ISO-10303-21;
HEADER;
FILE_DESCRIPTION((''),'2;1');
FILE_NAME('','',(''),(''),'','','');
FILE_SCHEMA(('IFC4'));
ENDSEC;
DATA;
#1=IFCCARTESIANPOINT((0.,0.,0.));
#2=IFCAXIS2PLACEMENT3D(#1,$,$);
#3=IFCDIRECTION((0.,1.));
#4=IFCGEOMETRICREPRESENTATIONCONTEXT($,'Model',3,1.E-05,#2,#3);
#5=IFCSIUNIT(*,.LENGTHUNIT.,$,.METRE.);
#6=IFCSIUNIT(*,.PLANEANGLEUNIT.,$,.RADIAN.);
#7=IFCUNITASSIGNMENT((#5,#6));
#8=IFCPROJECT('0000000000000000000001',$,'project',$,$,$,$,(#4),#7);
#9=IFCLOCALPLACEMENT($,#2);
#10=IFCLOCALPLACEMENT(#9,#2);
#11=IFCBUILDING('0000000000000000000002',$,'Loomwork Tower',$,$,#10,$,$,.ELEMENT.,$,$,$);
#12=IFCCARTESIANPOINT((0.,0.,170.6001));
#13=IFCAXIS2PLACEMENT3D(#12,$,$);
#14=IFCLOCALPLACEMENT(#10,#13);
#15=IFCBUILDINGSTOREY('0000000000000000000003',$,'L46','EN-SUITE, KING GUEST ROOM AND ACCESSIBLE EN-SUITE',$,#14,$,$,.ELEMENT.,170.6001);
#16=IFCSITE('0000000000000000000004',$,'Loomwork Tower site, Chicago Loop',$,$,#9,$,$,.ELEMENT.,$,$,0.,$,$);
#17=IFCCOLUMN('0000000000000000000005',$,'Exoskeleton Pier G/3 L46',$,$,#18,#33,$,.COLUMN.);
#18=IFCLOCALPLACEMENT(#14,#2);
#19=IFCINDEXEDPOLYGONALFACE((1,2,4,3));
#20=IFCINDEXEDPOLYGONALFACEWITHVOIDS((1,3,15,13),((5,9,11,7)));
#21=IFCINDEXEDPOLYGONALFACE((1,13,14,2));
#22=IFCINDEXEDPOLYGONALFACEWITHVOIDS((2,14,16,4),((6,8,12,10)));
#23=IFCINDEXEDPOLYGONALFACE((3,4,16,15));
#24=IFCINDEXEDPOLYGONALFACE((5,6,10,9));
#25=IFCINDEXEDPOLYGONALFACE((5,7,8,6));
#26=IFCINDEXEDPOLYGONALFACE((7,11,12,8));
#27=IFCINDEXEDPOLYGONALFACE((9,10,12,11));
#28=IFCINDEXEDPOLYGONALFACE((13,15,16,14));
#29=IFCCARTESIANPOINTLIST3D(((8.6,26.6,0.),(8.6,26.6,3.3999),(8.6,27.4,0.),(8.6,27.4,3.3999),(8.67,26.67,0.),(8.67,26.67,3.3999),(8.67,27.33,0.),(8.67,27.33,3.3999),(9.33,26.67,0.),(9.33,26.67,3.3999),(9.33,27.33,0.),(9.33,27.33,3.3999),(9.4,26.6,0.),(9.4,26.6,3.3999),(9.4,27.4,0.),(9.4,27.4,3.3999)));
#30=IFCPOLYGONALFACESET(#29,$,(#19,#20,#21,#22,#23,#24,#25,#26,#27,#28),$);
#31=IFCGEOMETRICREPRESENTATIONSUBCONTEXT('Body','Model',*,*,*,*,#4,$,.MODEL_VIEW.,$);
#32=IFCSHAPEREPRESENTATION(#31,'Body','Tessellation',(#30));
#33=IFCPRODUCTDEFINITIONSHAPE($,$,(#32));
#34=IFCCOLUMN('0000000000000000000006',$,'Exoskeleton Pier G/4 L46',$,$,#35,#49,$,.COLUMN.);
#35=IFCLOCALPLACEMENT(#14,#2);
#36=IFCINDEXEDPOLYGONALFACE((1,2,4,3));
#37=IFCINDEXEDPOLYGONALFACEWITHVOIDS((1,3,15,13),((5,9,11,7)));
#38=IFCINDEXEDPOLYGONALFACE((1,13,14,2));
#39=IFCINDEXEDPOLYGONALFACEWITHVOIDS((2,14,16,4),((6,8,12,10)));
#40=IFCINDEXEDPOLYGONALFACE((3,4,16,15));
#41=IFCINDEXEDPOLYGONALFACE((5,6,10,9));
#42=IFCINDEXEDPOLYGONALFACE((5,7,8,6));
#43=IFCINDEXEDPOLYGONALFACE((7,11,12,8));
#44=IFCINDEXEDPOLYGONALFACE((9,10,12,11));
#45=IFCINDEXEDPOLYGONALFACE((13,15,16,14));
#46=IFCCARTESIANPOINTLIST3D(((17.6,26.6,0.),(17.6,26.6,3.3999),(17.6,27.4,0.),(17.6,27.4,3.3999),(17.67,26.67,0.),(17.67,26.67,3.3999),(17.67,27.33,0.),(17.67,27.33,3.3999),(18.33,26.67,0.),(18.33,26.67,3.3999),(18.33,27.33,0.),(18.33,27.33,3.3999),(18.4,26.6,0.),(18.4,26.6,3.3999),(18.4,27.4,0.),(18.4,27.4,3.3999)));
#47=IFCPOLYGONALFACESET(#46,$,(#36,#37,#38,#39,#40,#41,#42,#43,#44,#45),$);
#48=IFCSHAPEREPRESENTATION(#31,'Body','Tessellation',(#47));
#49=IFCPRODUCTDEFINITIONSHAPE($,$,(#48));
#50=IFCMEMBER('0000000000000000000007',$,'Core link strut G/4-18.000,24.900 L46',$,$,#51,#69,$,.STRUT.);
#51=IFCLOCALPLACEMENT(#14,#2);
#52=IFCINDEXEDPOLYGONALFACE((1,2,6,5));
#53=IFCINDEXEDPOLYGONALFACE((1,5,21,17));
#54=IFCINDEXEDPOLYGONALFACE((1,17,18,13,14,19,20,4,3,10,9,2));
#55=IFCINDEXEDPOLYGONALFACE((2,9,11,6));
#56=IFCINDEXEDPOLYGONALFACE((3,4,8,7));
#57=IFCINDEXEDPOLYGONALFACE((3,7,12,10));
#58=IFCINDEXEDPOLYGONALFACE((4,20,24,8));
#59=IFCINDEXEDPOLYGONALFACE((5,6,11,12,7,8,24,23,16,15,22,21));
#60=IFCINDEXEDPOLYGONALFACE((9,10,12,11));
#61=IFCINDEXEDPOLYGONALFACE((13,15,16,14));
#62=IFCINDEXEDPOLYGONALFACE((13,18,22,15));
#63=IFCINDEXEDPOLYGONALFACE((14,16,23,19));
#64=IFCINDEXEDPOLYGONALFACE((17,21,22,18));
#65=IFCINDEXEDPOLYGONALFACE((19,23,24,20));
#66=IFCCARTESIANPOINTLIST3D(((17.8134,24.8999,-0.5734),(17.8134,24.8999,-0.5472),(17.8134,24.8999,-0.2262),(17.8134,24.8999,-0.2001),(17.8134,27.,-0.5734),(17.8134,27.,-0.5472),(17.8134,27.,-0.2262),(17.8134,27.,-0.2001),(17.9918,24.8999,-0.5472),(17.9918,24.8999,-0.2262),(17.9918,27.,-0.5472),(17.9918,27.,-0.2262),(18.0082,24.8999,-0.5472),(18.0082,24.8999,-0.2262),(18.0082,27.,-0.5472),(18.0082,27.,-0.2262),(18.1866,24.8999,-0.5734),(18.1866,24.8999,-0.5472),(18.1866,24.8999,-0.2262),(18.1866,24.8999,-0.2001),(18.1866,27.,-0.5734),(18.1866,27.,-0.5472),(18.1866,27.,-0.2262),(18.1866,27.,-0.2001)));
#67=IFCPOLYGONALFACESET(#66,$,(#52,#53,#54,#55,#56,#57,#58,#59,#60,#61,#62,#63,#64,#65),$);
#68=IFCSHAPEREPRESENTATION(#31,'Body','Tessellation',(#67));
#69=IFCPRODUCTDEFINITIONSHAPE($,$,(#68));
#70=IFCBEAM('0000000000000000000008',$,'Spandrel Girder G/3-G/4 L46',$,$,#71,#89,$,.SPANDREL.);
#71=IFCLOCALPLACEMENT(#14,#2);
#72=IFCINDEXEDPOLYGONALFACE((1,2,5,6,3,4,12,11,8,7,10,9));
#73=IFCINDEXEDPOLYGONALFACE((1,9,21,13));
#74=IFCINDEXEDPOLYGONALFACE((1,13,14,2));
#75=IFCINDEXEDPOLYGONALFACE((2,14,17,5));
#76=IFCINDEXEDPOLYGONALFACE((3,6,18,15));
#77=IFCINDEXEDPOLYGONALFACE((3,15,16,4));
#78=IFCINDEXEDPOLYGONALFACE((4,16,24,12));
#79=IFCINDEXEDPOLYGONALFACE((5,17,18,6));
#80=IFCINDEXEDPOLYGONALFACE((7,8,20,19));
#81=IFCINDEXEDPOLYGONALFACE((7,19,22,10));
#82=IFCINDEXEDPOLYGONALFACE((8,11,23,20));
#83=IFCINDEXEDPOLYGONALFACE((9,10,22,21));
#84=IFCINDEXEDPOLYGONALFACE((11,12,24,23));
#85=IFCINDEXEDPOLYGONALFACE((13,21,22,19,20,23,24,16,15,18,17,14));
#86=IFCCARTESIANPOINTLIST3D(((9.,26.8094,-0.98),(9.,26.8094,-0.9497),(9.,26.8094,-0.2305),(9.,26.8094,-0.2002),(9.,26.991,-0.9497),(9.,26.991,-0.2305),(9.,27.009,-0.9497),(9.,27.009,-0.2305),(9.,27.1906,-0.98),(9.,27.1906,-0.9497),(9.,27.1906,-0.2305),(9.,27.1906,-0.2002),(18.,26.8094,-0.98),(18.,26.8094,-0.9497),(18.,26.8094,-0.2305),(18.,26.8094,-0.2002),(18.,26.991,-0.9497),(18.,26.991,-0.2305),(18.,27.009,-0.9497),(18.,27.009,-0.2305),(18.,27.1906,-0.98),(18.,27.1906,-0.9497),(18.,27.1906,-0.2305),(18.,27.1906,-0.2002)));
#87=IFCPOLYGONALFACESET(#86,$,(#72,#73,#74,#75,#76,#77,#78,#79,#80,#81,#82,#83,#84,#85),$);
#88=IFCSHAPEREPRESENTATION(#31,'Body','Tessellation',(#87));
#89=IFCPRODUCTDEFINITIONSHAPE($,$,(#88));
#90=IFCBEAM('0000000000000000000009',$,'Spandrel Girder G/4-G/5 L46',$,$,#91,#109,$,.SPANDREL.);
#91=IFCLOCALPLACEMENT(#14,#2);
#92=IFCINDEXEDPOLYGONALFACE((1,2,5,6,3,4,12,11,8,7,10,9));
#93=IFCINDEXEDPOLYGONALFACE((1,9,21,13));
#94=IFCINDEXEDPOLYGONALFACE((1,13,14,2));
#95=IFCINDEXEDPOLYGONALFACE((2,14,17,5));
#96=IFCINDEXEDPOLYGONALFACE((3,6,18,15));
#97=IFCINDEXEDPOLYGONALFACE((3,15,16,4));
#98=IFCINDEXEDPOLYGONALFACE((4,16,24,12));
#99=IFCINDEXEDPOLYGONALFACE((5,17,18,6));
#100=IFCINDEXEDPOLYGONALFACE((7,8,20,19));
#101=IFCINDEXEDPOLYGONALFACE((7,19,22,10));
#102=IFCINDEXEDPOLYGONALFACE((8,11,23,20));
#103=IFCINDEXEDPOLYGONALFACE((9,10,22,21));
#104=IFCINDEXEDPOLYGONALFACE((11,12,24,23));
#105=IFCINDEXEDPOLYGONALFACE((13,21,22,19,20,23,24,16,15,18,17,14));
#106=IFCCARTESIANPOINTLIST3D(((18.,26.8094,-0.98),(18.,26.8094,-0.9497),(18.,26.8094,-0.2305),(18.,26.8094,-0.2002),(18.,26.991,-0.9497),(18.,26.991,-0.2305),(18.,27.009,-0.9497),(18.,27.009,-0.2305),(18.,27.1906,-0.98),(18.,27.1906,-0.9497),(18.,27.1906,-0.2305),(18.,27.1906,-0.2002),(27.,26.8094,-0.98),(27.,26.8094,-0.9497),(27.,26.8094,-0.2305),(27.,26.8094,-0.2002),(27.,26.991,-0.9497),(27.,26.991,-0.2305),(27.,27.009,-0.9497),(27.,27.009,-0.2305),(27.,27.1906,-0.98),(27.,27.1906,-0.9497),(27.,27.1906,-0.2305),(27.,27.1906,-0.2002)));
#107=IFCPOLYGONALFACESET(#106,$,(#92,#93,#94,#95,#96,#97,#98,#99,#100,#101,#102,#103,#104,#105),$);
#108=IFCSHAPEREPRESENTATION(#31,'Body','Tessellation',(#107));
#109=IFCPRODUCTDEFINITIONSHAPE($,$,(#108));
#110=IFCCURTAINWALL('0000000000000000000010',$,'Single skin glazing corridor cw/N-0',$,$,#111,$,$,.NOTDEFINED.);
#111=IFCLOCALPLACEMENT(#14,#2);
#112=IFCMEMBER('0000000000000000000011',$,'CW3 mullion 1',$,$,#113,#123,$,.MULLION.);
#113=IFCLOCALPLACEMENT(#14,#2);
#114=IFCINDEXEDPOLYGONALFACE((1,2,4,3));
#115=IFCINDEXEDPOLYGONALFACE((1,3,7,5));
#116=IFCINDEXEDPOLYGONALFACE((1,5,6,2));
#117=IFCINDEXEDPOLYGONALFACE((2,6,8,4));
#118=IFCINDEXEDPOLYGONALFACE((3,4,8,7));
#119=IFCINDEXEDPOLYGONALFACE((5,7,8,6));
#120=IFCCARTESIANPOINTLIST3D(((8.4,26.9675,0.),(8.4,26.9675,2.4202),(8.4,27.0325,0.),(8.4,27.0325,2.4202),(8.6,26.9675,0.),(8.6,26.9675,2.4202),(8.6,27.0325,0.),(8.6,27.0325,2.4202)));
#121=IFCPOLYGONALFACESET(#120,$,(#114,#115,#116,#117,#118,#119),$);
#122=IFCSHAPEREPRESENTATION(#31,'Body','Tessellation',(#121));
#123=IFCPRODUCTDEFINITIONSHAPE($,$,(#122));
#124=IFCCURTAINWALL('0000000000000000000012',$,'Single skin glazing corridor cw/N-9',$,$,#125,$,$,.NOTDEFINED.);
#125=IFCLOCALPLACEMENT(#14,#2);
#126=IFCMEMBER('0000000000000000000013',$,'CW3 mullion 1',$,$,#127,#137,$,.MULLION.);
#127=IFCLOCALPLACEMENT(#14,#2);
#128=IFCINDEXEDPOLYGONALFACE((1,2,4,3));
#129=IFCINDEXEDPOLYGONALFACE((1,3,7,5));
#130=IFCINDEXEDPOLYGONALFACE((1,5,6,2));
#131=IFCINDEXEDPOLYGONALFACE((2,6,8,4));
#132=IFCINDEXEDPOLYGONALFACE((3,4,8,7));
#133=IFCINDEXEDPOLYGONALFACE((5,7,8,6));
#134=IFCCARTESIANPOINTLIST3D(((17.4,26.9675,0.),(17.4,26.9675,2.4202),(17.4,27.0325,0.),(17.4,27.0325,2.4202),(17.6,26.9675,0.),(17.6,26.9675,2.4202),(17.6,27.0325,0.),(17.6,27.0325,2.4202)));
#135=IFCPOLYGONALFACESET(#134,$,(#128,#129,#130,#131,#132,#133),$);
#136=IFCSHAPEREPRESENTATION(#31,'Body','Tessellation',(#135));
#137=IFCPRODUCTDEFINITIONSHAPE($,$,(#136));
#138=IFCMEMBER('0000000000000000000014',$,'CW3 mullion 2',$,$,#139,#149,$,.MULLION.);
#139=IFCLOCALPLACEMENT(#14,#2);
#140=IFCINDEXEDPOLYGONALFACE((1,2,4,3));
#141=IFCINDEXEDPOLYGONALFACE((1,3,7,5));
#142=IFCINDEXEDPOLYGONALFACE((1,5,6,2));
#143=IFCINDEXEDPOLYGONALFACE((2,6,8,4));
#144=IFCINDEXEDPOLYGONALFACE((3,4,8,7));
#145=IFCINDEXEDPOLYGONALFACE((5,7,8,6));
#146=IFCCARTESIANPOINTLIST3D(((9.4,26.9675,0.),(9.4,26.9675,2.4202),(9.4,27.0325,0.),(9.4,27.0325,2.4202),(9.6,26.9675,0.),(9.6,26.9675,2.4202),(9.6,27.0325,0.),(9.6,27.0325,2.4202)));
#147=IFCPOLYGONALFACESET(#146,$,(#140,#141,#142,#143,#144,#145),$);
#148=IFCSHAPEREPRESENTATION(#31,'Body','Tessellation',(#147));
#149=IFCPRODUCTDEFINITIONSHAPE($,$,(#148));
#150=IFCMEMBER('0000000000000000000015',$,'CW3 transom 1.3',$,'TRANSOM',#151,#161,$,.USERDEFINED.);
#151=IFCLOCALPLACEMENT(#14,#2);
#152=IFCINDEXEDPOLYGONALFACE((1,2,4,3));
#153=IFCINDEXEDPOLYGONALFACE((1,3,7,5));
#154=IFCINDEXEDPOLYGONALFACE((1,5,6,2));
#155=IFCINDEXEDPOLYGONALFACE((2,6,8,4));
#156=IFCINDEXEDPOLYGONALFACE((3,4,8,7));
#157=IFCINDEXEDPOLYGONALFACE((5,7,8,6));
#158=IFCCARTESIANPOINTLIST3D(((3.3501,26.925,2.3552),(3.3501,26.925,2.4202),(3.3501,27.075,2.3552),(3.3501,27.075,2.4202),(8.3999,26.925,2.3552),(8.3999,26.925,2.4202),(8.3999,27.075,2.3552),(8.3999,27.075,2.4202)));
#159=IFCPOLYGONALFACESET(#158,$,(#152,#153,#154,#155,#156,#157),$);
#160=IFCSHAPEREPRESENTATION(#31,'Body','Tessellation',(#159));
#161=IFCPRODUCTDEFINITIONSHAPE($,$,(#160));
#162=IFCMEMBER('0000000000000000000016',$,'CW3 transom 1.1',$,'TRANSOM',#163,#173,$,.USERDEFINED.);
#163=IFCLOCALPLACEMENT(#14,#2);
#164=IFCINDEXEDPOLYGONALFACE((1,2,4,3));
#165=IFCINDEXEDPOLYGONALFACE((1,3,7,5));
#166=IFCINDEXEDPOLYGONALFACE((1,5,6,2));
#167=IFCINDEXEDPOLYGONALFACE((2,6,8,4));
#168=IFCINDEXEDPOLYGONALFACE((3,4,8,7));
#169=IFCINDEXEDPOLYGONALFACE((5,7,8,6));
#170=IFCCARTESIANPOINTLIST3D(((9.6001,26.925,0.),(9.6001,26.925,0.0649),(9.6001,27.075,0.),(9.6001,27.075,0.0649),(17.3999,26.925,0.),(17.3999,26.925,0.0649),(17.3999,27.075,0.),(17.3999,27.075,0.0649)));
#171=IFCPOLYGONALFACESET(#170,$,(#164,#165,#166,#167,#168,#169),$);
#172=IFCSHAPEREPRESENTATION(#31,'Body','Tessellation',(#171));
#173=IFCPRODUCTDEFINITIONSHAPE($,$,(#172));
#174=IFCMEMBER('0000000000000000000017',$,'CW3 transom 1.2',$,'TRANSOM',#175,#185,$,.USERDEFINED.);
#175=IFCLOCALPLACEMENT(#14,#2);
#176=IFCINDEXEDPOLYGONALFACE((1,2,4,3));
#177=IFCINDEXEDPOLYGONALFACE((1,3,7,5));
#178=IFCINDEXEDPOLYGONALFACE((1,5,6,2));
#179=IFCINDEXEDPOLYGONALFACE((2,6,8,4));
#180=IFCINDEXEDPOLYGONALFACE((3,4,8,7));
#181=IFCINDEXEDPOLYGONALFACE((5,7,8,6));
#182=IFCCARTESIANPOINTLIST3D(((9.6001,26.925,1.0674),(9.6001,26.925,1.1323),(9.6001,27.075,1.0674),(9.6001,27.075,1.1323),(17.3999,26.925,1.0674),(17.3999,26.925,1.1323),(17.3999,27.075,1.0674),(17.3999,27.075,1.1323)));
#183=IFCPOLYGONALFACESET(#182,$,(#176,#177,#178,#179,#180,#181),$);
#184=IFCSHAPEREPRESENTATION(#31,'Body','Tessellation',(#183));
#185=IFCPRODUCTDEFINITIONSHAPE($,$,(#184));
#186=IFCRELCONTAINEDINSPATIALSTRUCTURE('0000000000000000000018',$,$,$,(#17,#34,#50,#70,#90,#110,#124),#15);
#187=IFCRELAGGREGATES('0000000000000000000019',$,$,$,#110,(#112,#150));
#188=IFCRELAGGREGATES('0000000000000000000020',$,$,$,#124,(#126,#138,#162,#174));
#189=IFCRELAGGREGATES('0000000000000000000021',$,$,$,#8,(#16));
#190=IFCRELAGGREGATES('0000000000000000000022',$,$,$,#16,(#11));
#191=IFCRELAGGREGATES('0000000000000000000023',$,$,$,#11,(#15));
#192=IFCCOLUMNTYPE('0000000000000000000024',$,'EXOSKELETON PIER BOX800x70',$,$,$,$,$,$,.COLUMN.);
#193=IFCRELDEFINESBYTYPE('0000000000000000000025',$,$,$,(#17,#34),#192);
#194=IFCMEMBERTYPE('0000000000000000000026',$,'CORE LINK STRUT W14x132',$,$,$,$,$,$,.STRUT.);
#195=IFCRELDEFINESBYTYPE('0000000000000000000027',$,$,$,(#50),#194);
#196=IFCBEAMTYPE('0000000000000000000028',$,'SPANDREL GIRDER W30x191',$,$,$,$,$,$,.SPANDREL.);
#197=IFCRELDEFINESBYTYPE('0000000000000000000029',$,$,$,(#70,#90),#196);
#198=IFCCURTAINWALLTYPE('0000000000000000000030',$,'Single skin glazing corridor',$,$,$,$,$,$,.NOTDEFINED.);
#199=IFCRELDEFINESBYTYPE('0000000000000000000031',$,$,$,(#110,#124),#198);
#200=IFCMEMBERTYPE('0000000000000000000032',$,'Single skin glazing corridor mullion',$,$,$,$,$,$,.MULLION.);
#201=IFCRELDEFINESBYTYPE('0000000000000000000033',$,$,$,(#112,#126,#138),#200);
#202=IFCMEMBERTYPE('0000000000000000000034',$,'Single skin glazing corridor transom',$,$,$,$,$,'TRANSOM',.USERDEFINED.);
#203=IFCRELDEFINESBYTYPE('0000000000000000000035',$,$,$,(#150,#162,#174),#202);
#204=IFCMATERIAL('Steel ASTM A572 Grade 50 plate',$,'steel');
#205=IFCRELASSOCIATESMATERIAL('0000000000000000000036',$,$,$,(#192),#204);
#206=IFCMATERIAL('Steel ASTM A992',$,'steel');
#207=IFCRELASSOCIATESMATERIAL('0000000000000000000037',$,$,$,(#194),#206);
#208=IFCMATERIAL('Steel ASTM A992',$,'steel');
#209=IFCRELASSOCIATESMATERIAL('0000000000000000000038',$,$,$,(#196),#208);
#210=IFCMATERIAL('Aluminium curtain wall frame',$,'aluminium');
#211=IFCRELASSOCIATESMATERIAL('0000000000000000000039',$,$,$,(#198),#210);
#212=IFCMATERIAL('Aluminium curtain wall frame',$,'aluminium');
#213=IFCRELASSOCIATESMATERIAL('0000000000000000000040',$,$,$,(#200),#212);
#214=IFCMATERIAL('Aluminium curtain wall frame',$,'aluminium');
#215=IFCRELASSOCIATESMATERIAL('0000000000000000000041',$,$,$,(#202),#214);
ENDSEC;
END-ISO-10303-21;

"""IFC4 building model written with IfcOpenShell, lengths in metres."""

from ifc_helpers import new_model, si_unit, direction, frame, origin, origin_2d, place, context, subcontext, project, spatial, rectangle, hollow_rectangle, i_section, extrude, material, material_profile, profile_set, type_object, element, aggregate, save


model = new_model("IFC4")

# Units and contexts
model_context = context("Model", 3, precision=1e-05, world=origin(), true_north=direction((0.0, 1.0)))
body_context = subcontext(model_context, "Body", "Model", "MODEL_VIEW")
ifc_project = project(units=[si_unit("LENGTHUNIT", "METRE"), si_unit("PLANEANGLEUNIT", "RADIAN")], contexts=[model_context])

# Site, building, storey
site_placement = place(None, origin())
site = spatial("IfcSite", under=ifc_project, at=site_placement, Name="Loomwork Tower site, Chicago Loop", CompositionType="ELEMENT", RefElevation=0.0)
building_placement = place(site_placement, origin())
building = spatial("IfcBuilding", under=site, at=building_placement, Name="Loomwork Tower", CompositionType="ELEMENT")
storey_placement = place(building_placement, frame((0.0, 0.0, 170.6001)))
storey = spatial("IfcBuildingStorey", under=building, at=storey_placement, Name="L46", Description="EN-SUITE, KING GUEST ROOM AND ACCESSIBLE EN-SUITE", CompositionType="ELEMENT", Elevation=170.6001)

# Columns
ifc_material_1 = material(Name="Steel ASTM A572 Grade 50 plate", Category="steel")
ifc_material_profile_1 = material_profile(ifc_material_1, hollow_rectangle(XDim=0.8, YDim=0.8, WallThickness=0.0701, at=origin_2d()), Name="BOX800x70")
ifc_profile_set_1 = profile_set([ifc_material_profile_1], Name="Steel ASTM A572 Grade 50 plate")
column_type = type_object("IfcColumnType", Name="EXOSKELETON PIER BOX800x70", PredefinedType="COLUMN", material=ifc_profile_set_1)
for number, where, z_axis, x_axis, name in (
    (1, (9.0, 27.0, 0.0), (0.0, 0.0, 1.0), (1.0, 0.0, 0.0), "Exoskeleton Pier G/3 L46"),
    (2, (18.0, 27.0, 0.0), (0.0, 0.0, 1.0), (1.0, 0.0, 0.0), "Exoskeleton Pier G/4 L46"),
):
    element("IfcColumn", number, at=place(storey_placement, frame(where, z_axis=z_axis, x_axis=x_axis)), inside=storey, type_object=column_type, Name=name, PredefinedType="COLUMN", context=body_context, shape_type="SweptSolid", body=[
        extrude(hollow_rectangle(XDim=0.8, YDim=0.8, WallThickness=0.0701, at=origin_2d()), origin(), (0.0, 0.0, 1.0), 3.3999),
    ])

# Member
ifc_material_2 = material(Name="Steel ASTM A992", Category="steel")
ifc_material_profile_2 = material_profile(ifc_material_2, i_section(OverallWidth=0.3733, OverallDepth=0.3733, WebThickness=0.0164, FlangeThickness=0.0261, at=origin_2d()), Name="W14x132")
ifc_profile_set_2 = profile_set([ifc_material_profile_2], Name="Steel ASTM A992")
member_type_1 = type_object("IfcMemberType", Name="CORE LINK STRUT W14x132", PredefinedType="STRUT", material=ifc_profile_set_2)
member_1_placement = place(storey_placement, frame((18.0, 27.0, -0.3867), z_axis=(0.0, -1.0, 0.0), x_axis=(1.0, 0.0, 0.0)))
element("IfcMember", 3, at=member_1_placement, inside=storey, type_object=member_type_1, Name="Core link strut G/4-18.000,24.900 L46", PredefinedType="STRUT", context=body_context, shape_type="SweptSolid", body=[
    extrude(i_section(OverallWidth=0.3733, OverallDepth=0.3733, WebThickness=0.0164, FlangeThickness=0.0261, at=origin_2d()), origin(), (0.0, 0.0, 1.0), 2.1001),
])

# Beams
ifc_material_3 = material(Name="Steel ASTM A992", Category="steel")
ifc_material_profile_3 = material_profile(ifc_material_3, i_section(OverallWidth=0.3811, OverallDepth=0.7798, WebThickness=0.0181, FlangeThickness=0.0303, at=origin_2d()), Name="W30x191")
ifc_profile_set_3 = profile_set([ifc_material_profile_3], Name="Steel ASTM A992")
beam_type = type_object("IfcBeamType", Name="SPANDREL GIRDER W30x191", PredefinedType="SPANDREL", material=ifc_profile_set_3)
for number, where, z_axis, x_axis, name in (
    (4, (9.0, 27.0, -0.5901), (1.0, 0.0, 0.0), (0.0, 1.0, 0.0), "Spandrel Girder G/3-G/4 L46"),
    (5, (18.0, 27.0, -0.5901), (1.0, 0.0, 0.0), (0.0, 1.0, 0.0), "Spandrel Girder G/4-G/5 L46"),
):
    element("IfcBeam", number, at=place(storey_placement, frame(where, z_axis=z_axis, x_axis=x_axis)), inside=storey, type_object=beam_type, Name=name, PredefinedType="SPANDREL", context=body_context, shape_type="SweptSolid", body=[
        extrude(i_section(OverallWidth=0.3811, OverallDepth=0.7798, WebThickness=0.0181, FlangeThickness=0.0303, at=origin_2d()), origin(), (0.0, 0.0, 1.0), 9.0),
    ])

# Curtain wall, member
ifc_material_4 = material(Name="Aluminium curtain wall frame", Category="aluminium")
curtain_wall_type = type_object("IfcCurtainWallType", Name="Single skin glazing corridor", PredefinedType="NOTDEFINED", material=ifc_material_4)
curtain_wall_1_placement = place(storey_placement, origin())
curtain_wall_1 = element("IfcCurtainWall", 6, at=curtain_wall_1_placement, inside=storey, type_object=curtain_wall_type, Name="Single skin glazing corridor cw/N-0", PredefinedType="NOTDEFINED")
ifc_material_5 = material(Name="Aluminium curtain wall frame", Category="aluminium")
ifc_material_profile_4 = material_profile(ifc_material_5, rectangle(XDim=0.0649, YDim=0.2, at=origin_2d()), Name="AL 65x200")
ifc_profile_set_4 = profile_set([ifc_material_profile_4], Name="Aluminium curtain wall frame")
member_type_2 = type_object("IfcMemberType", Name="Single skin glazing corridor mullion", PredefinedType="MULLION", material=ifc_profile_set_4)
member_2_placement = place(storey_placement, frame((8.5, 27.0, 0.0), z_axis=(0.0, 0.0, 1.0), x_axis=(0.0, -1.0, 0.0)))
member_2 = element("IfcMember", 7, at=member_2_placement, type_object=member_type_2, Name="CW3 mullion 1", PredefinedType="MULLION", context=body_context, shape_type="SweptSolid", body=[
    extrude(rectangle(XDim=0.0649, YDim=0.2, at=origin_2d()), origin(), (0.0, 0.0, 1.0), 2.4202),
])

# Curtain wall, members
curtain_wall_2_placement = place(storey_placement, origin())
curtain_wall_2 = element("IfcCurtainWall", 8, at=curtain_wall_2_placement, inside=storey, type_object=curtain_wall_type, Name="Single skin glazing corridor cw/N-9", PredefinedType="NOTDEFINED")
member_3_placement = place(storey_placement, frame((17.5, 27.0, 0.0), z_axis=(0.0, 0.0, 1.0), x_axis=(0.0, -1.0, 0.0)))
member_3 = element("IfcMember", 9, at=member_3_placement, type_object=member_type_2, Name="CW3 mullion 1", PredefinedType="MULLION", context=body_context, shape_type="SweptSolid", body=[
    extrude(rectangle(XDim=0.0649, YDim=0.2, at=origin_2d()), origin(), (0.0, 0.0, 1.0), 2.4202),
])
member_4_placement = place(storey_placement, frame((9.5, 27.0, 0.0), z_axis=(0.0, 0.0, 1.0), x_axis=(0.0, -1.0, 0.0)))
member_4 = element("IfcMember", 10, at=member_4_placement, type_object=member_type_2, Name="CW3 mullion 2", PredefinedType="MULLION", context=body_context, shape_type="SweptSolid", body=[
    extrude(rectangle(XDim=0.0649, YDim=0.2, at=origin_2d()), origin(), (0.0, 0.0, 1.0), 2.4202),
])

# Members
ifc_material_6 = material(Name="Aluminium curtain wall frame", Category="aluminium")
ifc_material_profile_5 = material_profile(ifc_material_6, rectangle(XDim=0.1499, YDim=0.0649, at=origin_2d()), Name="AL 65x150")
ifc_profile_set_5 = profile_set([ifc_material_profile_5], Name="Aluminium curtain wall frame")
member_type_3 = type_object("IfcMemberType", Name="Single skin glazing corridor transom", ElementType="TRANSOM", PredefinedType="USERDEFINED", material=ifc_profile_set_5)
member_5_placement = place(storey_placement, frame((8.3999, 27.0, 2.3877), z_axis=(-1.0, 0.0, 0.0), x_axis=(0.0, -1.0, 0.0)))
member_5 = element("IfcMember", 11, at=member_5_placement, type_object=member_type_3, Name="CW3 transom 1.3", ObjectType="TRANSOM", PredefinedType="USERDEFINED", context=body_context, shape_type="SweptSolid", body=[
    extrude(rectangle(XDim=0.1499, YDim=0.0649, at=origin_2d()), origin(), (0.0, 0.0, 1.0), 5.0498),
])
aggregate(curtain_wall_1, [member_2, member_5])
member_6_placement = place(storey_placement, frame((17.3999, 27.0, 0.0325), z_axis=(-1.0, 0.0, 0.0), x_axis=(0.0, -1.0, 0.0)))
member_6 = element("IfcMember", 12, at=member_6_placement, type_object=member_type_3, Name="CW3 transom 1.1", ObjectType="TRANSOM", PredefinedType="USERDEFINED", context=body_context, shape_type="SweptSolid", body=[
    extrude(rectangle(XDim=0.1499, YDim=0.0649, at=origin_2d()), origin(), (0.0, 0.0, 1.0), 7.7998),
])
member_7_placement = place(storey_placement, frame((17.3999, 27.0, 1.0999), z_axis=(-1.0, 0.0, 0.0), x_axis=(0.0, -1.0, 0.0)))
member_7 = element("IfcMember", 13, at=member_7_placement, type_object=member_type_3, Name="CW3 transom 1.2", ObjectType="TRANSOM", PredefinedType="USERDEFINED", context=body_context, shape_type="SweptSolid", body=[
    extrude(rectangle(XDim=0.1499, YDim=0.0649, at=origin_2d()), origin(), (0.0, 0.0, 1.0), 7.7998),
])

aggregate(curtain_wall_2, [member_3, member_4, member_6, member_7])

save(model, "model.ifc")
